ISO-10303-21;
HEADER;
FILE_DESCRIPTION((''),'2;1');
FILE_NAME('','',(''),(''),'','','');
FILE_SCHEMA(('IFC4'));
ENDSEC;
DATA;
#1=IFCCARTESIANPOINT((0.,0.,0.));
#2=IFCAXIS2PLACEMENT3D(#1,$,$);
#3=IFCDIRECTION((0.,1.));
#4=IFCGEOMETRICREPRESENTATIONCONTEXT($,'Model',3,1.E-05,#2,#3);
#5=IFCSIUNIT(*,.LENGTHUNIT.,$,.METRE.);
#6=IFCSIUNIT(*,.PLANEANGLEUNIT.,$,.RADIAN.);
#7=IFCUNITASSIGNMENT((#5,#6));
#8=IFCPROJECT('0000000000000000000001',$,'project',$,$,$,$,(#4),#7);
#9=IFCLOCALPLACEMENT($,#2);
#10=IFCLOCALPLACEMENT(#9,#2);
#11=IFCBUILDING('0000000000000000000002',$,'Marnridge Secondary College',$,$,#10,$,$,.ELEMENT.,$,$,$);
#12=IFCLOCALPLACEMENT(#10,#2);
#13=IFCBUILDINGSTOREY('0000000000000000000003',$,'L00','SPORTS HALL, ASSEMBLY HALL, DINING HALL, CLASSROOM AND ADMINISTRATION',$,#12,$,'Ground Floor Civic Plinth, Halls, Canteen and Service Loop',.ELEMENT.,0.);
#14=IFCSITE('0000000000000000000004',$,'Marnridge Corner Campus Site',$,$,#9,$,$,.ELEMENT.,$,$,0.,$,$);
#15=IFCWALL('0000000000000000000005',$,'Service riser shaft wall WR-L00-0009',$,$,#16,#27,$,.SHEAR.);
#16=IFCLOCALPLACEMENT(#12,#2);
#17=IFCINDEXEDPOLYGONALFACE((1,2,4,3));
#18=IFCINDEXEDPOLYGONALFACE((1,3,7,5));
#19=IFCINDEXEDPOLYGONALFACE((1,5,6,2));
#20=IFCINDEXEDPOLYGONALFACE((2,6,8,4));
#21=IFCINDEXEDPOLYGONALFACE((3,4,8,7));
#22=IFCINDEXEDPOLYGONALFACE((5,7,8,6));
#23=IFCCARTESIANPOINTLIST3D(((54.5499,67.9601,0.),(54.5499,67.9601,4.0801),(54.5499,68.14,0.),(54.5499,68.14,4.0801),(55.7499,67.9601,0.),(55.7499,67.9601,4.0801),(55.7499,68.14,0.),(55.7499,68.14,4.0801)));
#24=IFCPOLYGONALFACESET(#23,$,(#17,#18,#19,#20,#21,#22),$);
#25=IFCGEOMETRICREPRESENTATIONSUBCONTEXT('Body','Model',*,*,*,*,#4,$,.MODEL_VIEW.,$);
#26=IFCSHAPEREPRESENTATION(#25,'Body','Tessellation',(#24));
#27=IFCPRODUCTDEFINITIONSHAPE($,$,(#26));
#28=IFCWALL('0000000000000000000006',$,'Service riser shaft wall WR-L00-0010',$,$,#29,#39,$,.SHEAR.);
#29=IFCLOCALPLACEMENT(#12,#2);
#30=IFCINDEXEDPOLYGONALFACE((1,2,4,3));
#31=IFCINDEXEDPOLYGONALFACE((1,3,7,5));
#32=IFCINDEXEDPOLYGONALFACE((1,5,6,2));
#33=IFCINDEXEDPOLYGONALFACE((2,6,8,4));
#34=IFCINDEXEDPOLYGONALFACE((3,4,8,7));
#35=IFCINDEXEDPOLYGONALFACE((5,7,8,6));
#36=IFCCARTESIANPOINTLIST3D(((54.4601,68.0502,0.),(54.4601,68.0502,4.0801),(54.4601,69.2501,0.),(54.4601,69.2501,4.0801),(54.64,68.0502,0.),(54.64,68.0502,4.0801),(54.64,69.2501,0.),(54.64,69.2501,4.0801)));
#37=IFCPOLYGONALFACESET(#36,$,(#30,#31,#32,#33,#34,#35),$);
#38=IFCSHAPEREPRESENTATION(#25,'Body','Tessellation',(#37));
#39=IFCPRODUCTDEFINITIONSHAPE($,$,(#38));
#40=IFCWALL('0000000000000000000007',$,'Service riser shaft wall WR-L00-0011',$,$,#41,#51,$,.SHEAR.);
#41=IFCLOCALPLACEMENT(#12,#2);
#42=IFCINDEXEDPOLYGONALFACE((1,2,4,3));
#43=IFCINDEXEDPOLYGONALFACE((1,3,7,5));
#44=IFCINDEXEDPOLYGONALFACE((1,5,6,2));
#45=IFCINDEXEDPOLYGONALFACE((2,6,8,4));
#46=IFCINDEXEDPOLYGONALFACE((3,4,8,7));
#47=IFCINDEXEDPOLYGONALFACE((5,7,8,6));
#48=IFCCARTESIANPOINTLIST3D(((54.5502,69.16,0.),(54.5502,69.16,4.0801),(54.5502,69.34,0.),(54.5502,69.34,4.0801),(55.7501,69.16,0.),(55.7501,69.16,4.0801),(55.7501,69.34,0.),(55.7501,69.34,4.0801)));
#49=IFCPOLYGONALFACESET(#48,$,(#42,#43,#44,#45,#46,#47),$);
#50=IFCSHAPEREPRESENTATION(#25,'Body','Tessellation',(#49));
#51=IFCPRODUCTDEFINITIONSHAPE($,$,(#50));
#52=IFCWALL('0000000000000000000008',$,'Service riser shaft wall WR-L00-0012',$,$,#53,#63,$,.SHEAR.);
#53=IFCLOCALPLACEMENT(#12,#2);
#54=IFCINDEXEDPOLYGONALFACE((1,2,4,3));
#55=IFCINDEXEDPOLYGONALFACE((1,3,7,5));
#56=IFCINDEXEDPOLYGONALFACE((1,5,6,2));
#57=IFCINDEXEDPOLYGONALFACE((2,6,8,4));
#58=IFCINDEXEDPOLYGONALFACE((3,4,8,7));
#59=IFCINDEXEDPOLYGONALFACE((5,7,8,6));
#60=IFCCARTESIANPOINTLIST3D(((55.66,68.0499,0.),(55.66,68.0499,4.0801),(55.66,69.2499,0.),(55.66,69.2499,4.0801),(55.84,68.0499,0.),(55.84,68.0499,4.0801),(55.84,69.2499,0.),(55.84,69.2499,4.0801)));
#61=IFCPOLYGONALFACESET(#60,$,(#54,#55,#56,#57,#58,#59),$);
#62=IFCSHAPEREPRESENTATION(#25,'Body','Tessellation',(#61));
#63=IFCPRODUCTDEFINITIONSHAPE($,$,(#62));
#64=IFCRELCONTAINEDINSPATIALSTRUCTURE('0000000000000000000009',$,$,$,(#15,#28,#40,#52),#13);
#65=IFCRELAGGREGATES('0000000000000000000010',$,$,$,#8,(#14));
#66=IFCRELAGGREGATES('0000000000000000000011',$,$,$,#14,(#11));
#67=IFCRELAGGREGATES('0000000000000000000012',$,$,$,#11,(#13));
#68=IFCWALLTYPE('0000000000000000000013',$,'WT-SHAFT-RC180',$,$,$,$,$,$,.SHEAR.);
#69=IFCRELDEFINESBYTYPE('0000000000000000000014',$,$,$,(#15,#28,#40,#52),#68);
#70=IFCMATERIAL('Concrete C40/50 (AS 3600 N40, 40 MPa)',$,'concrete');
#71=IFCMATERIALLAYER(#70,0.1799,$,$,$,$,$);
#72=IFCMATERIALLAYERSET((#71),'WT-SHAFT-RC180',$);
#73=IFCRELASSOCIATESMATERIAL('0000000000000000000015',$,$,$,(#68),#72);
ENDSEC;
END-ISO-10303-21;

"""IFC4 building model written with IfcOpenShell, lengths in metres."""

from ifc_helpers import new_model, si_unit, direction, frame, frame_2d, origin, place, context, subcontext, project, spatial, rectangle, extrude, material, layer, layer_set, type_object, element, save


model = new_model("IFC4")

# Units and contexts
model_context = context("Model", 3, precision=1e-05, world=origin(), true_north=direction((0.0, 1.0)))
body_context = subcontext(model_context, "Body", "Model", "MODEL_VIEW")
ifc_project = project(units=[si_unit("LENGTHUNIT", "METRE"), si_unit("PLANEANGLEUNIT", "RADIAN")], contexts=[model_context])

# Site, building, storey
site_placement = place(None, origin())
site = spatial("IfcSite", under=ifc_project, at=site_placement, Name="Marnridge Corner Campus Site", CompositionType="ELEMENT", RefElevation=0.0)
building_placement = place(site_placement, origin())
building = spatial("IfcBuilding", under=site, at=building_placement, Name="Marnridge Secondary College", CompositionType="ELEMENT")
storey_placement = place(building_placement, origin())
storey = spatial("IfcBuildingStorey", under=building, at=storey_placement, Name="L00", Description="SPORTS HALL, ASSEMBLY HALL, DINING HALL, CLASSROOM AND ADMINISTRATION", LongName="Ground Floor Civic Plinth, Halls, Canteen and Service Loop", CompositionType="ELEMENT", Elevation=0.0)

# Walls
ifc_material_1 = material(Name="Concrete C40/50 (AS 3600 N40, 40 MPa)", Category="concrete")
ifc_layer_1 = layer(ifc_material_1, 0.1799)
ifc_layer_set_1 = layer_set([ifc_layer_1], Name="WT-SHAFT-RC180")
wall_type_1 = type_object("IfcWallType", Name="WT-SHAFT-RC180", PredefinedType="SHEAR", material=ifc_layer_set_1)
for number, where, z_axis, x_axis, name in (
    (1, (55.75, 68.05, 0.0), (0.0, 0.0, 1.0), (-1.0, 0.0, 0.0), "Service riser shaft wall WR-L00-0009"),
    (2, (54.55, 68.05, 0.0), (0.0, 0.0, 1.0), (0.0, 1.0, 0.0), "Service riser shaft wall WR-L00-0010"),
    (3, (54.55, 69.25, 0.0), (0.0, 0.0, 1.0), (1.0, 0.0, 0.0), "Service riser shaft wall WR-L00-0011"),
    (4, (55.75, 69.25, 0.0), (0.0, 0.0, 1.0), (0.0, -1.0, 0.0), "Service riser shaft wall WR-L00-0012"),
):
    element("IfcWall", number, at=place(storey_placement, frame(where, z_axis=z_axis, x_axis=x_axis)), inside=storey, type_object=wall_type_1, Name=name, PredefinedType="SHEAR", context=body_context, shape_type="SweptSolid", body=[
        extrude(rectangle(XDim=1.2, YDim=0.1799, at=frame_2d((0.6001, 0.0))), origin(), (0.0, 0.0, 1.0), 4.0801),
    ])

save(model, "model.ifc")
